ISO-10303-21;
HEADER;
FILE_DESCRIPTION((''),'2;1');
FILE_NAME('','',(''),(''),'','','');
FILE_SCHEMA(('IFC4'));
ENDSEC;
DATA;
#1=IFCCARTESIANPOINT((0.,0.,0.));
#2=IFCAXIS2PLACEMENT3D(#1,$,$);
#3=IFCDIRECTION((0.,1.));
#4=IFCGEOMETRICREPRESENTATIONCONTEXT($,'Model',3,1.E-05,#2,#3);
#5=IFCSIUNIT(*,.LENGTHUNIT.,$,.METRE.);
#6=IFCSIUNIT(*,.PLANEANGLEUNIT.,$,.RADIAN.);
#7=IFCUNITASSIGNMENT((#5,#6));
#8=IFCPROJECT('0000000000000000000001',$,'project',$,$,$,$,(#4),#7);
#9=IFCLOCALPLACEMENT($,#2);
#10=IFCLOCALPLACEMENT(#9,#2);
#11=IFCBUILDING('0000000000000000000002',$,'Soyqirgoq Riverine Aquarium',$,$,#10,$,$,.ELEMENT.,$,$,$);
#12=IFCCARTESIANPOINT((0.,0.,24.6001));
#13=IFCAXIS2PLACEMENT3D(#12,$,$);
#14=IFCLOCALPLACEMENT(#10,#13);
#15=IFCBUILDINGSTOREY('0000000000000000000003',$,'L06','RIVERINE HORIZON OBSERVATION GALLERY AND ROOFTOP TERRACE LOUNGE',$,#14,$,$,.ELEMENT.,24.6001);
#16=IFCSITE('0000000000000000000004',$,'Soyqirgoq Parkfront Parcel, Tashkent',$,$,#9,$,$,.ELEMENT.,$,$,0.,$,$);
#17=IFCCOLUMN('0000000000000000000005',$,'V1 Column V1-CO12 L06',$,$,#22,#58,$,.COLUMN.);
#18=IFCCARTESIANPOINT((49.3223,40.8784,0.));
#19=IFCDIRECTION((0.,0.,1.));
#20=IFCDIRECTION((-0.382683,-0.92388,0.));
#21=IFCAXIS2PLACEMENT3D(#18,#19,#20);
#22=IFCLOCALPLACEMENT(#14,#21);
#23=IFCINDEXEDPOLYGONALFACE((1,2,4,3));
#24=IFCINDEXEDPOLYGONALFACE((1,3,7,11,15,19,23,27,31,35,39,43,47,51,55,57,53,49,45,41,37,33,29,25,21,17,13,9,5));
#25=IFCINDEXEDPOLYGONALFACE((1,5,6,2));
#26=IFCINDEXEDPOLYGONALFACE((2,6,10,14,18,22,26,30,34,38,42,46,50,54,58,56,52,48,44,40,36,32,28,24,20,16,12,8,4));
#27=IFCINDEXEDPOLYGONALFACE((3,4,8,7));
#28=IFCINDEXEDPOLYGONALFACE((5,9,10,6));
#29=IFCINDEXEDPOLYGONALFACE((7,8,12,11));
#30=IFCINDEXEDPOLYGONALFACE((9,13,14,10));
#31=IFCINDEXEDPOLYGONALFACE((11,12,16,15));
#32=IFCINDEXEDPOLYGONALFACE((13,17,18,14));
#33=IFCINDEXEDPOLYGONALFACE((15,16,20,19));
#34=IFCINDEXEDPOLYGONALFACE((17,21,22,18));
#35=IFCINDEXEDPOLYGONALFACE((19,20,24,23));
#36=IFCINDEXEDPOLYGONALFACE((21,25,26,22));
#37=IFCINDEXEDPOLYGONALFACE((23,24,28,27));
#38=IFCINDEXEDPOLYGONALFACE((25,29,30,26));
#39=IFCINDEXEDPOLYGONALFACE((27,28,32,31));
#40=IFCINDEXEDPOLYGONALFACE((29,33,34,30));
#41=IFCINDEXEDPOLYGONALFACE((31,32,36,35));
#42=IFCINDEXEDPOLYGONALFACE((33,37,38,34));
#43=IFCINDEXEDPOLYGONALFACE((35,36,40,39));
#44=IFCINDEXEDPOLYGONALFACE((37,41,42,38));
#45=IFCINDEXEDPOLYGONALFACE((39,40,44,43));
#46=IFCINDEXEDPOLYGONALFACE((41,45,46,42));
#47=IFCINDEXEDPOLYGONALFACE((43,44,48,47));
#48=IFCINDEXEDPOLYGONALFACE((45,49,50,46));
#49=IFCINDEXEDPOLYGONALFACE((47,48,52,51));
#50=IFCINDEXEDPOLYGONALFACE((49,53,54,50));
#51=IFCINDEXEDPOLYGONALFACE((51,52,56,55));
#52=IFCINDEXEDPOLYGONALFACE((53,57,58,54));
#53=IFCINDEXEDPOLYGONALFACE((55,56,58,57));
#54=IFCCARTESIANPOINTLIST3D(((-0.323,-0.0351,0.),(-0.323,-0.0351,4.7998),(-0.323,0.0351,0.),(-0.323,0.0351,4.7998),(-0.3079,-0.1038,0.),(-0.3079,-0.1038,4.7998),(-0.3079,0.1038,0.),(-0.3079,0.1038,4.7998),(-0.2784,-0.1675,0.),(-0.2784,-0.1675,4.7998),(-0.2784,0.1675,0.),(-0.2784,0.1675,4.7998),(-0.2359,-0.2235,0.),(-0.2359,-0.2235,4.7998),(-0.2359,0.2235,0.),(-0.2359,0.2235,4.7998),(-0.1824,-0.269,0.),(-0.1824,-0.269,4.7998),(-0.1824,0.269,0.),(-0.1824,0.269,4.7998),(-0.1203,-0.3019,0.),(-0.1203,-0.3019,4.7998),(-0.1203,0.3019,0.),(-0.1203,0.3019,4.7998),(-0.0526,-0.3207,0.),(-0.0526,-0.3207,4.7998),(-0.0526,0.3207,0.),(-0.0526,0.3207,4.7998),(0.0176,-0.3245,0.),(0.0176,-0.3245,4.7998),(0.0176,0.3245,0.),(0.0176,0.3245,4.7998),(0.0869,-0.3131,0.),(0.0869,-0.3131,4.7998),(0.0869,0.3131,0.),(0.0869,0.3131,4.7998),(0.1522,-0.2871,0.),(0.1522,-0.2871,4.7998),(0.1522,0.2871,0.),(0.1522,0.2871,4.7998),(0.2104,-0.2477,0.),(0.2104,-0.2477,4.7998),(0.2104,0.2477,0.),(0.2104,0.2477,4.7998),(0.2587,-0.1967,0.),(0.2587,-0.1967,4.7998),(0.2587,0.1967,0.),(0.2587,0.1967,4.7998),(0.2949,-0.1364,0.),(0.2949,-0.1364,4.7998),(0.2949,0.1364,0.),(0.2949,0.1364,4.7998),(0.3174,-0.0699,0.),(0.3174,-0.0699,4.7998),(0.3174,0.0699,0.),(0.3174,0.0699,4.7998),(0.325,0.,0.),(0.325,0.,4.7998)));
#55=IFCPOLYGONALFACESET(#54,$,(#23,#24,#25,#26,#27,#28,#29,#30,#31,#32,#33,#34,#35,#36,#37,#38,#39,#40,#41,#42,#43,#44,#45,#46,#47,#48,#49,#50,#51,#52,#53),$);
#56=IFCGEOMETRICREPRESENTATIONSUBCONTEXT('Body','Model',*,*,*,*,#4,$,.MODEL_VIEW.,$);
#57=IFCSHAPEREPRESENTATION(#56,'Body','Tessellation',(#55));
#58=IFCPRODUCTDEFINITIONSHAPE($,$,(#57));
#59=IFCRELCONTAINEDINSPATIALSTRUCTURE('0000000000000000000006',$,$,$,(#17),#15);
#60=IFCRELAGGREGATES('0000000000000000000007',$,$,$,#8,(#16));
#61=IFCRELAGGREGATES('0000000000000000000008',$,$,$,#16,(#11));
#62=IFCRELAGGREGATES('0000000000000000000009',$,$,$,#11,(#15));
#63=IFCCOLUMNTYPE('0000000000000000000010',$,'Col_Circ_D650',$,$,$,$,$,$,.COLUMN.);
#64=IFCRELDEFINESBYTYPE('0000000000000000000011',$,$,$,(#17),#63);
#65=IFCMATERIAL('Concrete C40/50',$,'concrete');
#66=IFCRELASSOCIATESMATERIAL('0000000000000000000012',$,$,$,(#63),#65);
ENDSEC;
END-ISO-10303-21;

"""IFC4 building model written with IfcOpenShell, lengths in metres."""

from ifc_helpers import new_model, si_unit, direction, frame, origin, origin_2d, place, context, subcontext, project, spatial, circle, extrude, material, material_profile, profile_set, type_object, element, save


model = new_model("IFC4")

# Units and contexts
model_context = context("Model", 3, precision=1e-05, world=origin(), true_north=direction((0.0, 1.0)))
body_context = subcontext(model_context, "Body", "Model", "MODEL_VIEW")
ifc_project = project(units=[si_unit("LENGTHUNIT", "METRE"), si_unit("PLANEANGLEUNIT", "RADIAN")], contexts=[model_context])

# Site, building, storey
site_placement = place(None, origin())
site = spatial("IfcSite", under=ifc_project, at=site_placement, Name="Soyqirgoq Parkfront Parcel, Tashkent", CompositionType="ELEMENT", RefElevation=0.0)
building_placement = place(site_placement, origin())
building = spatial("IfcBuilding", under=site, at=building_placement, Name="Soyqirgoq Riverine Aquarium", CompositionType="ELEMENT")
storey_placement = place(building_placement, frame((0.0, 0.0, 24.6001)))
storey = spatial("IfcBuildingStorey", under=building, at=storey_placement, Name="L06", Description="RIVERINE HORIZON OBSERVATION GALLERY AND ROOFTOP TERRACE LOUNGE", CompositionType="ELEMENT", Elevation=24.6001)

# Column
ifc_material_1 = material(Name="Concrete C40/50", Category="concrete")
ifc_material_profile_1 = material_profile(ifc_material_1, circle(Radius=0.325, at=origin_2d()), Name="RC-COL D650")
ifc_profile_set_1 = profile_set([ifc_material_profile_1], Name="Concrete C40/50")
column_type = type_object("IfcColumnType", Name="Col_Circ_D650", PredefinedType="COLUMN", material=ifc_profile_set_1)
column_placement = place(storey_placement, frame((49.3223, 40.8784, 0.0), z_axis=(0.0, 0.0, 1.0), x_axis=(-0.382683, -0.92388, 0.0)))
element("IfcColumn", 1, at=column_placement, inside=storey, type_object=column_type, Name="V1 Column V1-CO12 L06", PredefinedType="COLUMN", context=body_context, shape_type="SweptSolid", body=[
    extrude(circle(Radius=0.325, at=origin_2d()), origin(), (0.0, 0.0, 1.0), 4.7998),
])

save(model, "model.ifc")
